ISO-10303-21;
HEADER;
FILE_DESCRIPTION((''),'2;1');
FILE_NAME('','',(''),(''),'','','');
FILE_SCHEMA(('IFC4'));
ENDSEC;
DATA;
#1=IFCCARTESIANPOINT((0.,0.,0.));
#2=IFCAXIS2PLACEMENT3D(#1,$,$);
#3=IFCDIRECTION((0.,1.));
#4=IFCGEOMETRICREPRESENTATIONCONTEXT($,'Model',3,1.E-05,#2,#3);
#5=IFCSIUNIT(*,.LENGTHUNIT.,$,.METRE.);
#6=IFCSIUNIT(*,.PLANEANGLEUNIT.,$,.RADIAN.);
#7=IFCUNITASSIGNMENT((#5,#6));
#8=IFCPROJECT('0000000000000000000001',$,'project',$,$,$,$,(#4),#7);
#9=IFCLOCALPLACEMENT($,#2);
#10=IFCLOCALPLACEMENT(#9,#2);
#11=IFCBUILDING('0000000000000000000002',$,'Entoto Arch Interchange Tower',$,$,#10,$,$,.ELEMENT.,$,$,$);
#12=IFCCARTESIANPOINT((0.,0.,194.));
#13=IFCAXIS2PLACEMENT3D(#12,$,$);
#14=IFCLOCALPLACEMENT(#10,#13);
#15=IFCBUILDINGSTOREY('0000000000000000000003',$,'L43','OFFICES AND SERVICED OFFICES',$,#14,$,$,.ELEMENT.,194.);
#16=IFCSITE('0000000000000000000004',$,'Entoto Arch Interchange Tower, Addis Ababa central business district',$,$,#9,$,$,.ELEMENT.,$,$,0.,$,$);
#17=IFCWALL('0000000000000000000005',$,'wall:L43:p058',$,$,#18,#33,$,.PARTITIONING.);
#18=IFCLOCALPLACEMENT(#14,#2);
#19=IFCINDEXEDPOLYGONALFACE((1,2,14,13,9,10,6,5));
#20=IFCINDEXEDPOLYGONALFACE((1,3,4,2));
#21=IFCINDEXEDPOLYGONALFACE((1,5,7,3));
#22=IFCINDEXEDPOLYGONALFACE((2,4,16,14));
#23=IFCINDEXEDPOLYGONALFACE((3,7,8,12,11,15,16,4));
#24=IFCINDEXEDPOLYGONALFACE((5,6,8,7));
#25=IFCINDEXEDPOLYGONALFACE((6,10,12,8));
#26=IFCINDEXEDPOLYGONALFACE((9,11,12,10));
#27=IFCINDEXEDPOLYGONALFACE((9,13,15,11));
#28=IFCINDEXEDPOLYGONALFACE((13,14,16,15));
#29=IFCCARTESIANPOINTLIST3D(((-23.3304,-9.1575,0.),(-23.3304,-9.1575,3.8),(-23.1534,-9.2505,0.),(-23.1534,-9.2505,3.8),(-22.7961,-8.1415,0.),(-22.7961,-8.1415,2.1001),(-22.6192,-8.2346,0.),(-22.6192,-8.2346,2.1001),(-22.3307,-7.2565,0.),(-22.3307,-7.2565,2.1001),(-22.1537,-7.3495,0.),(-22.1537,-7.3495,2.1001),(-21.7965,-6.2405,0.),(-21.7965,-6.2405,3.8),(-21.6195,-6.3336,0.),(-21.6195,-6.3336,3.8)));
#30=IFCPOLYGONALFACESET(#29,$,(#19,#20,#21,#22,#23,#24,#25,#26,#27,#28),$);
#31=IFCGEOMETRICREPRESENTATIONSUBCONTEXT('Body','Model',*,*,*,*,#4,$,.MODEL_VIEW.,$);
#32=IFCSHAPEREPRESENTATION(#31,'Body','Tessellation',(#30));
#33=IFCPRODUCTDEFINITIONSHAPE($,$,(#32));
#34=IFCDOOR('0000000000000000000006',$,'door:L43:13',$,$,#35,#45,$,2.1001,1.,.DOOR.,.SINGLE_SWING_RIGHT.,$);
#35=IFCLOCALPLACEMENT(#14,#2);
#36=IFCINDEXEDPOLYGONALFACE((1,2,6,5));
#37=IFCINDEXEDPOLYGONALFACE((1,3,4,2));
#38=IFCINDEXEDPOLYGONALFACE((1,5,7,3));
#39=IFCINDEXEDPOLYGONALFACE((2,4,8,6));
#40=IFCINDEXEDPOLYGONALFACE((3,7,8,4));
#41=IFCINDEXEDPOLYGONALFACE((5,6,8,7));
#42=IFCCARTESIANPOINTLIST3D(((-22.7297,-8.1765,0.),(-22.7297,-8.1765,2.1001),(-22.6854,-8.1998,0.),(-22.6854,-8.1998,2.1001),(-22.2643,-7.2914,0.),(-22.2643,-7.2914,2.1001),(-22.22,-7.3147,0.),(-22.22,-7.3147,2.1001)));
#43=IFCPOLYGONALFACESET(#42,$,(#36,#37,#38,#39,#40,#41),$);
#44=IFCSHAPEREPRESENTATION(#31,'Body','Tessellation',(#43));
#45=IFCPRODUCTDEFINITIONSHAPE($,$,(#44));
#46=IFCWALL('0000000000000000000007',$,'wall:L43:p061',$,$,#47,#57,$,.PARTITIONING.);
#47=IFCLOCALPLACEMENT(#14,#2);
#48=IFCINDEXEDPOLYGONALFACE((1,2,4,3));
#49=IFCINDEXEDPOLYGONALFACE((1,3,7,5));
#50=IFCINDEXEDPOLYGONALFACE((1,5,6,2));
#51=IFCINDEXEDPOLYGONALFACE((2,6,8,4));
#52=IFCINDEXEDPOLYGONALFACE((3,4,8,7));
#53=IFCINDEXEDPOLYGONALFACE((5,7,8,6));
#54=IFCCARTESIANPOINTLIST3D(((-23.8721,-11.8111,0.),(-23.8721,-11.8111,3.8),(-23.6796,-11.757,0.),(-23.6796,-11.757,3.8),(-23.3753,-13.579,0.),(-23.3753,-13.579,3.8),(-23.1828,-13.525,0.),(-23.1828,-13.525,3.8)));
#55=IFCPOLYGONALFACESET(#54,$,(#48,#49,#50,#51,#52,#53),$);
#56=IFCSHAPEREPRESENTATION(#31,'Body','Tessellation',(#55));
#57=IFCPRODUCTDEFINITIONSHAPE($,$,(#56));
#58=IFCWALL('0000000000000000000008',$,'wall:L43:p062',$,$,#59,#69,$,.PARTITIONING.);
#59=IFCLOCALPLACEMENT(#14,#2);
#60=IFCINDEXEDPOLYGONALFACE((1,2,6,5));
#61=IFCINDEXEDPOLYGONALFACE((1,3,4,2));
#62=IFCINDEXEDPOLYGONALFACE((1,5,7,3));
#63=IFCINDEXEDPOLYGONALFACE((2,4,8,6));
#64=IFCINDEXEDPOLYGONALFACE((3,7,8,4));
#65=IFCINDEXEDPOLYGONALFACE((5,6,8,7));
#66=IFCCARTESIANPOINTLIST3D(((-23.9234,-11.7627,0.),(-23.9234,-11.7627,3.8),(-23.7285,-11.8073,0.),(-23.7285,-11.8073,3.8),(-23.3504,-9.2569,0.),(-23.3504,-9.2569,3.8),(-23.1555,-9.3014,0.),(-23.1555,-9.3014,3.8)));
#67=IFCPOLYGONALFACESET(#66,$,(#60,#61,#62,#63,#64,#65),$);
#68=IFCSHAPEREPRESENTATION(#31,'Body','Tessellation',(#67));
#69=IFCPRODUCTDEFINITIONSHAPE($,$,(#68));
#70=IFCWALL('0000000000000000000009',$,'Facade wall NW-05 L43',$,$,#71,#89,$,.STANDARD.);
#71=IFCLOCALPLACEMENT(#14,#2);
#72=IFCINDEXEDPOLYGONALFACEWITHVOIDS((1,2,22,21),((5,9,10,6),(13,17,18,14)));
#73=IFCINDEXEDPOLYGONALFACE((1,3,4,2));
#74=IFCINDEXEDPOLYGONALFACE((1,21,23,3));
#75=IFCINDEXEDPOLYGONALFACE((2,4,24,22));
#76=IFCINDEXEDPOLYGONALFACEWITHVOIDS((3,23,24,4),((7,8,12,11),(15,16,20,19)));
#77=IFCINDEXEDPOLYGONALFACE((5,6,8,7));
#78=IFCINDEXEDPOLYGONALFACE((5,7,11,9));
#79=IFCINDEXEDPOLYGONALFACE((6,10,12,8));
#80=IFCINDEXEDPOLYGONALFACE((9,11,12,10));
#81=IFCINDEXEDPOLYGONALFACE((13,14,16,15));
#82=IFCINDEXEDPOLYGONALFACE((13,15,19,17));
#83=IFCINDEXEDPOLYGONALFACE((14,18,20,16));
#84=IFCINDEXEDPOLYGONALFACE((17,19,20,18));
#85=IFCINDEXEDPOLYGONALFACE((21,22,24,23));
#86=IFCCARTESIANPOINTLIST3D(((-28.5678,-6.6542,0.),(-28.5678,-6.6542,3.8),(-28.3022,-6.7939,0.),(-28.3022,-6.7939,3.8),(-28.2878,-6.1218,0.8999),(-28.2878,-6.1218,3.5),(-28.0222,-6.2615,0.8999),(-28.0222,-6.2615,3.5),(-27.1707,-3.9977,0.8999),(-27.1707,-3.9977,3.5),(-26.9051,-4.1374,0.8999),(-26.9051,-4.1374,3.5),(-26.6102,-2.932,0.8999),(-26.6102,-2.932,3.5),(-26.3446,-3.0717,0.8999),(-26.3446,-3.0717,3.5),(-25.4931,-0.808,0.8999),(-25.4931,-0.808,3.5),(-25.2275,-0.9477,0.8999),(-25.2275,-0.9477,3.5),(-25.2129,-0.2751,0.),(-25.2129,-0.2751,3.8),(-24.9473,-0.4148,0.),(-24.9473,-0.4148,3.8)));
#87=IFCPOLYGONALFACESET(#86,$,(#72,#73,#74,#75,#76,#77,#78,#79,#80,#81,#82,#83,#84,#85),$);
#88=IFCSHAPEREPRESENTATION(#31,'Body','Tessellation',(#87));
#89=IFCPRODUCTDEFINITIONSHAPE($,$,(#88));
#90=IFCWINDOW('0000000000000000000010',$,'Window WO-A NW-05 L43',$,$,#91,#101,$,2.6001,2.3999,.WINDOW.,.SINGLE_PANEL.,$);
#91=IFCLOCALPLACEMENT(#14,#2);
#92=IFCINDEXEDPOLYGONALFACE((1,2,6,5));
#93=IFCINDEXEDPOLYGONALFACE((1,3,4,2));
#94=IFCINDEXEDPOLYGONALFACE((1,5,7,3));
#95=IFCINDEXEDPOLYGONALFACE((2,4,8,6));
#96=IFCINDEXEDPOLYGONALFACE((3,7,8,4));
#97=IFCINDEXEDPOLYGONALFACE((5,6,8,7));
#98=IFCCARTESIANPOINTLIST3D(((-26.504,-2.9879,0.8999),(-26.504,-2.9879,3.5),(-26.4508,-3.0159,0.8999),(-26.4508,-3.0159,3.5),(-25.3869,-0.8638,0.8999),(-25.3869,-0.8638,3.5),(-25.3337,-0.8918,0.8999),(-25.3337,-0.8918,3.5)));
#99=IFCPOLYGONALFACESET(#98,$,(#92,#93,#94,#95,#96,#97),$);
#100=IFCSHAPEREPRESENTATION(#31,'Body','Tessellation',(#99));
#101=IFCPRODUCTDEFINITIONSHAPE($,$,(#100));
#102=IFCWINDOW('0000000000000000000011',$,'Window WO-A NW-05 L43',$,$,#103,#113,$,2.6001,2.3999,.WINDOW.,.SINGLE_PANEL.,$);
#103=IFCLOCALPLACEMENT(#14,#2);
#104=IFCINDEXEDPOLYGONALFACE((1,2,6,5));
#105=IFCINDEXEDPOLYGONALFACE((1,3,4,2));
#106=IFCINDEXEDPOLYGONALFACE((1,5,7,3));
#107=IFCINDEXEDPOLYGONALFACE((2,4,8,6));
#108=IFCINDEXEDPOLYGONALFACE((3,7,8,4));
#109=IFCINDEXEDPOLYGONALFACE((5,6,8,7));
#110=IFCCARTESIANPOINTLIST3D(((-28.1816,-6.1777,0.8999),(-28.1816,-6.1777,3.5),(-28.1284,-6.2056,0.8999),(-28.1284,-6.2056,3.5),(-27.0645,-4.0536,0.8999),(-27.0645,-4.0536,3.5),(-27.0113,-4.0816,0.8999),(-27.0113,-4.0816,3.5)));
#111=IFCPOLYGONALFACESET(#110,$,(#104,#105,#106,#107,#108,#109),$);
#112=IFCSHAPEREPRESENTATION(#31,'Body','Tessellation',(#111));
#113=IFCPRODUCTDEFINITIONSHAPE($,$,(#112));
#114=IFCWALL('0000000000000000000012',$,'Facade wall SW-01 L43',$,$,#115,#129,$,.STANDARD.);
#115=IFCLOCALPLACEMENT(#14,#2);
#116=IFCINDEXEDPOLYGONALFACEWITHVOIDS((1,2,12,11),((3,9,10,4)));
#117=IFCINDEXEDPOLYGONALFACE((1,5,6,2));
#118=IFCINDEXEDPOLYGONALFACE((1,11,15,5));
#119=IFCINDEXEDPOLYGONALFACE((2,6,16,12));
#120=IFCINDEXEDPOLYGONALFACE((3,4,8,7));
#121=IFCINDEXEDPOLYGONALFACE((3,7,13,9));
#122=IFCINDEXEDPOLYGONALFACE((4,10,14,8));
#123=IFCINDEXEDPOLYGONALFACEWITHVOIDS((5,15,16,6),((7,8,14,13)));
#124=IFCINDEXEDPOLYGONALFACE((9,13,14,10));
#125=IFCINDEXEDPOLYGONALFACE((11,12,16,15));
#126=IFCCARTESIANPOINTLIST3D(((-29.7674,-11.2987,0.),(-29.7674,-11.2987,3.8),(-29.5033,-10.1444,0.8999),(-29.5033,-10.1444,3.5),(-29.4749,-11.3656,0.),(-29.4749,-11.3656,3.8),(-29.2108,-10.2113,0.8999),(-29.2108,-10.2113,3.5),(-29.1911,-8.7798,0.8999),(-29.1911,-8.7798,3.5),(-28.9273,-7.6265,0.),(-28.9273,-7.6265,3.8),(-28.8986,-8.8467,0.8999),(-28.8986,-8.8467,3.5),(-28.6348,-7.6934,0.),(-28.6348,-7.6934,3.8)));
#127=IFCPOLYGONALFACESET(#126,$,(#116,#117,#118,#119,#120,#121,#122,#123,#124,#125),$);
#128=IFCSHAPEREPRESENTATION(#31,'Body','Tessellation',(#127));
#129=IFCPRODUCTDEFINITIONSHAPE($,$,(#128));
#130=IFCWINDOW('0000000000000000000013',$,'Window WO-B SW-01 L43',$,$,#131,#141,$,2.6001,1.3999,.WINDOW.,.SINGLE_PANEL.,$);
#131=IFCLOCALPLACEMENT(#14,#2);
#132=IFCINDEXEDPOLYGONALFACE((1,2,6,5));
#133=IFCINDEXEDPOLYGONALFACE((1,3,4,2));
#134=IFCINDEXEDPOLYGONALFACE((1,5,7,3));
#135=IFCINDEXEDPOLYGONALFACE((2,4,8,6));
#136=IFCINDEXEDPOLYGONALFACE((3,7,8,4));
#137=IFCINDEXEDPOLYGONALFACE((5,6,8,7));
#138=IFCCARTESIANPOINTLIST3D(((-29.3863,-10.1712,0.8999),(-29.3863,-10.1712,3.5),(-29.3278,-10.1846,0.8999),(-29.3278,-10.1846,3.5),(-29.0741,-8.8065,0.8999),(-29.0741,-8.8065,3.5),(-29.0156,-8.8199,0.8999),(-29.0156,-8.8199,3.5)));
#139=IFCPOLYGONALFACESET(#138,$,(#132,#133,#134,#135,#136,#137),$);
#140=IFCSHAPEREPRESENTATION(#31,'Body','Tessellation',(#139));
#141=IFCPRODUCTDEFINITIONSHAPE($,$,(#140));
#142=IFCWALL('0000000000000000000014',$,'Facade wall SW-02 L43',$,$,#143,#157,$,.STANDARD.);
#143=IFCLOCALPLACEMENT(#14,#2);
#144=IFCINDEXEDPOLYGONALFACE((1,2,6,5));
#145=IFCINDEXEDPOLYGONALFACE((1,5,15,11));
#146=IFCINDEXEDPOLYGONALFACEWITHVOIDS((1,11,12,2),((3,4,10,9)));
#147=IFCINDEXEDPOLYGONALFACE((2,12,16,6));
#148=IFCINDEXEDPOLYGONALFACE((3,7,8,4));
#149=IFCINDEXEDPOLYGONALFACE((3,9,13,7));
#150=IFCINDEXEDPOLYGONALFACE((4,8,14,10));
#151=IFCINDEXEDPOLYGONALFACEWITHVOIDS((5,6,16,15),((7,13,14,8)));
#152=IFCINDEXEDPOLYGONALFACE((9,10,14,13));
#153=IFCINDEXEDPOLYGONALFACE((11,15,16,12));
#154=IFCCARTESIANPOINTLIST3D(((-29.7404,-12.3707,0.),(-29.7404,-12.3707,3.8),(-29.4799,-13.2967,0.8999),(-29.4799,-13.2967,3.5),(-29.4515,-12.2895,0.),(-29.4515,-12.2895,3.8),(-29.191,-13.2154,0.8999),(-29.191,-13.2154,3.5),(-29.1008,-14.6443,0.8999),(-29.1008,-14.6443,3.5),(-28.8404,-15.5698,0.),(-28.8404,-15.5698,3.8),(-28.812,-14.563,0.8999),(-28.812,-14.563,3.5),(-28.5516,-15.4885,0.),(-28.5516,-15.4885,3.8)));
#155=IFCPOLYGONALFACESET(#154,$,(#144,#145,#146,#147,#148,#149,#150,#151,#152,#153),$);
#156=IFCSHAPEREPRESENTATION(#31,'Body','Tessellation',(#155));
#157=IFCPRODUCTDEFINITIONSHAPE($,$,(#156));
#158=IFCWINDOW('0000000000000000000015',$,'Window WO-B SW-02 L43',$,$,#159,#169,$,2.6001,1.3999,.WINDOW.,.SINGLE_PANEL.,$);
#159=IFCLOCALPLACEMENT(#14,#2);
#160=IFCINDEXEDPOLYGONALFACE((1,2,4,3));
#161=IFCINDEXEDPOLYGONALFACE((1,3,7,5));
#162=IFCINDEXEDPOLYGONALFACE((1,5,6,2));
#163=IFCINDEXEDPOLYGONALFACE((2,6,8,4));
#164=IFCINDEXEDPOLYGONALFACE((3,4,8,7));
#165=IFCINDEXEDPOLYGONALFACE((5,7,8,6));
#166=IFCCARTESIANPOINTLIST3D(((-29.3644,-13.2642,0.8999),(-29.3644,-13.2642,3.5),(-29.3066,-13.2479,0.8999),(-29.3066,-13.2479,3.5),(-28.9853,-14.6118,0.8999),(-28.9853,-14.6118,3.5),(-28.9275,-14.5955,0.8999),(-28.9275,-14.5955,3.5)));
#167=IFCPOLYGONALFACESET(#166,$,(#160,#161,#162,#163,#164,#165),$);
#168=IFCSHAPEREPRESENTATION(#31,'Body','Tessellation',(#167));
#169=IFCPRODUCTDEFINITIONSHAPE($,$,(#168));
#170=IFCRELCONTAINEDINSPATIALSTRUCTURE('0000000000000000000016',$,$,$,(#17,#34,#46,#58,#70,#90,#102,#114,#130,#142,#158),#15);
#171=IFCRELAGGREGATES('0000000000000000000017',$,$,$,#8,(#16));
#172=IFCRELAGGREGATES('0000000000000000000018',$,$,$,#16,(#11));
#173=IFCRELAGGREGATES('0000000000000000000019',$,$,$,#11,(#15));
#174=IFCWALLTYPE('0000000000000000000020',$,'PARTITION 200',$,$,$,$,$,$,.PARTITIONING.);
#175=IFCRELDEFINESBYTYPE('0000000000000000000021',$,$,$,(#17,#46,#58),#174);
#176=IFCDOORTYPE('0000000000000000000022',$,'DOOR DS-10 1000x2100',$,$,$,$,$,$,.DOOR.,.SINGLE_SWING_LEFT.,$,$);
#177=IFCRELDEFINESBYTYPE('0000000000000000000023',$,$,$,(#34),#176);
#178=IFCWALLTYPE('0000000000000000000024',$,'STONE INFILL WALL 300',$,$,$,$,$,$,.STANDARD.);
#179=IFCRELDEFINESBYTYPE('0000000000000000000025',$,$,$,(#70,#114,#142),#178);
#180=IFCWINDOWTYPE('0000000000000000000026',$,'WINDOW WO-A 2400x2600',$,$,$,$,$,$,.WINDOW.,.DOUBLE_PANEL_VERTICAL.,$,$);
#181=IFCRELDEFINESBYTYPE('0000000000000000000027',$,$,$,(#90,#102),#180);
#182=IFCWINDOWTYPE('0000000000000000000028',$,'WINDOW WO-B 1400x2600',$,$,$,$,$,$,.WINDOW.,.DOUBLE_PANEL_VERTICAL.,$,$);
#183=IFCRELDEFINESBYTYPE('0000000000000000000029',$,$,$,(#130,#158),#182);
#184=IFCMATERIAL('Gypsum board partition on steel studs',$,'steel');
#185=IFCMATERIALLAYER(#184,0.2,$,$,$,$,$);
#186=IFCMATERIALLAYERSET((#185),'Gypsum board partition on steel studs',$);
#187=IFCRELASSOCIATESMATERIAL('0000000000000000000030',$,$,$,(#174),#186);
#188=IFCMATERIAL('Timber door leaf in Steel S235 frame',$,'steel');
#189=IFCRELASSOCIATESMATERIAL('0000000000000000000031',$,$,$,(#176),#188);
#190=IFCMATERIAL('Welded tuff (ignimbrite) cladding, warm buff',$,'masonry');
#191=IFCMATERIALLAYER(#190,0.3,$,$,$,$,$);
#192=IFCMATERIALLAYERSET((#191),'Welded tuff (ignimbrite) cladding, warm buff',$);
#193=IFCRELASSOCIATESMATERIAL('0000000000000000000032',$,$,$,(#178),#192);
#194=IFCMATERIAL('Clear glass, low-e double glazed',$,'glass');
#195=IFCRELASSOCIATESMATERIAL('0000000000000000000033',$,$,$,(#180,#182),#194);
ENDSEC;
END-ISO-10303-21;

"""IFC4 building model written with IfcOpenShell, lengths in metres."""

from ifc_helpers import new_model, si_unit, direction, frame, frame_2d, origin, place, context, subcontext, project, spatial, rectangle, extrude, material, layer, layer_set, type_object, element, fill, save


model = new_model("IFC4")

# Units and contexts
model_context = context("Model", 3, precision=1e-05, world=origin(), true_north=direction((0.0, 1.0)))
body_context = subcontext(model_context, "Body", "Model", "MODEL_VIEW")
ifc_project = project(units=[si_unit("LENGTHUNIT", "METRE"), si_unit("PLANEANGLEUNIT", "RADIAN")], contexts=[model_context])

# Site, building, storey
site_placement = place(None, origin())
site = spatial("IfcSite", under=ifc_project, at=site_placement, Name="Entoto Arch Interchange Tower, Addis Ababa central business district", CompositionType="ELEMENT", RefElevation=0.0)
building_placement = place(site_placement, origin())
building = spatial("IfcBuilding", under=site, at=building_placement, Name="Entoto Arch Interchange Tower", CompositionType="ELEMENT")
storey_placement = place(building_placement, frame((0.0, 0.0, 194.0)))
storey = spatial("IfcBuildingStorey", under=building, at=storey_placement, Name="L43", Description="OFFICES AND SERVICED OFFICES", CompositionType="ELEMENT", Elevation=194.0)

# Shared definitions
ifc_material_1 = material(Name="Gypsum board partition on steel studs", Category="steel")
ifc_layer_1 = layer(ifc_material_1, 0.2)
ifc_layer_set_1 = layer_set([ifc_layer_1], Name="Gypsum board partition on steel studs")
wall_type_1 = type_object("IfcWallType", Name="PARTITION 200", PredefinedType="PARTITIONING", material=ifc_layer_set_1)

# Wall, opening, door
ifc_material_2 = material(Name="Timber door leaf in Steel S235 frame", Category="steel")
door_type = type_object("IfcDoorType", Name="DOOR DS-10 1000x2100", OperationType="SINGLE_SWING_LEFT", PredefinedType="DOOR", material=ifc_material_2)
wall_1_placement = place(storey_placement, frame((-23.2419, -9.2041, 0.0), z_axis=(0.0, 0.0, 1.0), x_axis=(0.465432, 0.885084, 0.0)))
wall_1 = element("IfcWall", 1, at=wall_1_placement, inside=storey, type_object=wall_type_1, Name="wall:L43:p058", PredefinedType="PARTITIONING", context=body_context, shape_type="SweptSolid", body=[
    extrude(rectangle(XDim=3.2957, YDim=0.2, at=frame_2d((1.6479, 0.0))), origin(), (0.0, 0.0, 1.0), 3.8),
])
opening_1_placement = place(wall_1_placement, frame((1.1479, 0.0, 0.0)))
opening_1 = element("IfcOpeningElement", 2, at=opening_1_placement, cuts=wall_1, PredefinedType="OPENING", context=body_context, shape_type="SweptSolid", body=[
    extrude(rectangle(XDim=1.0, YDim=2.1001, at=frame_2d((0.5, 1.05))), frame((0.0, 0.1099, 0.0), z_axis=(0.0, -1.0, 0.0), x_axis=(1.0, 0.0, 0.0)), (0.0, 0.0, 1.0), 0.22),
])
door_1_placement = place(opening_1_placement, origin())
door_1 = element("IfcDoor", 3, at=door_1_placement, inside=storey, type_object=door_type, Name="door:L43:13", OperationType="SINGLE_SWING_RIGHT", OverallHeight=2.1001, OverallWidth=1.0, PredefinedType="DOOR", context=body_context, shape_type="SweptSolid", body=[
    extrude(rectangle(XDim=1.0, YDim=2.1001, at=frame_2d((0.5, 1.05))), frame((0.0, 0.0249, 0.0), z_axis=(0.0, -1.0, 0.0), x_axis=(1.0, 0.0, 0.0)), (0.0, 0.0, 1.0), 0.05),
])
fill(opening_1, door_1)

# Walls
wall_2_placement = place(storey_placement, frame((-23.2791, -13.552, 0.0), z_axis=(0.0, 0.0, 1.0), x_axis=(-0.270522, 0.962714, 0.0)))
element("IfcWall", 4, at=wall_2_placement, inside=storey, type_object=wall_type_1, Name="wall:L43:p061", PredefinedType="PARTITIONING", context=body_context, shape_type="SweptSolid", body=[
    extrude(rectangle(XDim=1.8364, YDim=0.2, at=frame_2d((0.9182, 0.0))), origin(), (0.0, 0.0, 1.0), 3.8),
])
wall_3_placement = place(storey_placement, frame((-23.8259, -11.7849, 0.0), z_axis=(0.0, 0.0, 1.0), x_axis=(0.22291, 0.974839, 0.0)))
element("IfcWall", 5, at=wall_3_placement, inside=storey, type_object=wall_type_1, Name="wall:L43:p062", PredefinedType="PARTITIONING", context=body_context, shape_type="SweptSolid", body=[
    extrude(rectangle(XDim=2.5706, YDim=0.2, at=frame_2d((1.2852, 0.0))), origin(), (0.0, 0.0, 1.0), 3.8),
])

# Wall, openings, windows
ifc_material_3 = material(Name="Welded tuff (ignimbrite) cladding, warm buff", Category="masonry")
ifc_layer_2 = layer(ifc_material_3, 0.3)
ifc_layer_set_2 = layer_set([ifc_layer_2], Name="Welded tuff (ignimbrite) cladding, warm buff")
wall_type_2 = type_object("IfcWallType", Name="STONE INFILL WALL 300", PredefinedType="STANDARD", material=ifc_layer_set_2)
wall_4_placement = place(storey_placement, frame((-25.0801, -0.345, 0.0), z_axis=(0.0, 0.0, 1.0), x_axis=(-0.465478, -0.885059, 0.0)))
wall_4 = element("IfcWall", 6, at=wall_4_placement, inside=storey, type_object=wall_type_2, Name="Facade wall NW-05 L43", PredefinedType="STANDARD", context=body_context, shape_type="SweptSolid", body=[
    extrude(rectangle(XDim=7.2075, YDim=0.3, at=frame_2d((3.6038, 0.0))), origin(), (0.0, 0.0, 1.0), 3.8),
])
opening_2_placement = place(wall_4_placement, frame((0.6021, 0.0, 0.8999)))
opening_2 = element("IfcOpeningElement", 7, at=opening_2_placement, cuts=wall_4, PredefinedType="OPENING", context=body_context, shape_type="SweptSolid", body=[
    extrude(rectangle(XDim=2.3999, YDim=2.6001, at=frame_2d((1.2, 1.3))), frame((0.0, 0.1602, 0.0), z_axis=(0.0, -1.0, 0.0), x_axis=(1.0, 0.0, 0.0)), (0.0, 0.0, 1.0), 0.3201),
])
opening_3_placement = place(wall_4_placement, frame((4.2061, 0.0, 0.8999)))
opening_3 = element("IfcOpeningElement", 8, at=opening_3_placement, cuts=wall_4, PredefinedType="OPENING", context=body_context, shape_type="SweptSolid", body=[
    extrude(rectangle(XDim=2.3999, YDim=2.6001, at=frame_2d((1.2, 1.3))), frame((0.0, 0.1602, 0.0), z_axis=(0.0, -1.0, 0.0), x_axis=(1.0, 0.0, 0.0)), (0.0, 0.0, 1.0), 0.3201),
])
ifc_material_4 = material(Name="Clear glass, low-e double glazed", Category="glass")
window_type_1 = type_object("IfcWindowType", Name="WINDOW WO-A 2400x2600", PartitioningType="DOUBLE_PANEL_VERTICAL", PredefinedType="WINDOW", material=ifc_material_4)
window_1_placement = place(opening_2_placement, origin())
window_1 = element("IfcWindow", 9, at=window_1_placement, inside=storey, type_object=window_type_1, Name="Window WO-A NW-05 L43", OverallHeight=2.6001, OverallWidth=2.3999, PartitioningType="SINGLE_PANEL", PredefinedType="WINDOW", context=body_context, shape_type="SweptSolid", body=[
    extrude(rectangle(XDim=2.3999, YDim=2.6001, at=frame_2d((1.2, 1.3))), frame((0.0, 0.03, 0.0), z_axis=(0.0, -1.0, 0.0), x_axis=(1.0, 0.0, 0.0)), (0.0, 0.0, 1.0), 0.0601),
])
fill(opening_2, window_1)
window_2_placement = place(opening_3_placement, origin())
window_2 = element("IfcWindow", 10, at=window_2_placement, inside=storey, type_object=window_type_1, Name="Window WO-A NW-05 L43", OverallHeight=2.6001, OverallWidth=2.3999, PartitioningType="SINGLE_PANEL", PredefinedType="WINDOW", context=body_context, shape_type="SweptSolid", body=[
    extrude(rectangle(XDim=2.3999, YDim=2.6001, at=frame_2d((1.2, 1.3))), frame((0.0, 0.03, 0.0), z_axis=(0.0, -1.0, 0.0), x_axis=(1.0, 0.0, 0.0)), (0.0, 0.0, 1.0), 0.0601),
])
fill(opening_3, window_2)

# Walls, openings, windows
wall_5_placement = place(storey_placement, frame((-28.781, -7.6599, 0.0), z_axis=(0.0, 0.0, 1.0), x_axis=(-0.223013, -0.974815, 0.0)))
wall_5 = element("IfcWall", 11, at=wall_5_placement, inside=storey, type_object=wall_type_2, Name="Facade wall SW-01 L43", PredefinedType="STANDARD", context=body_context, shape_type="SweptSolid", body=[
    extrude(rectangle(XDim=3.7671, YDim=0.3, at=frame_2d((1.8835, 0.0))), origin(), (0.0, 0.0, 1.0), 3.8),
])
opening_4_placement = place(wall_5_placement, frame((1.1831, 0.0, 0.8999)))
opening_4 = element("IfcOpeningElement", 12, at=opening_4_placement, cuts=wall_5, PredefinedType="OPENING", context=body_context, shape_type="SweptSolid", body=[
    extrude(rectangle(XDim=1.3999, YDim=2.6001, at=frame_2d((0.7, 1.3))), frame((0.0, 0.1602, 0.0), z_axis=(0.0, -1.0, 0.0), x_axis=(1.0, 0.0, 0.0)), (0.0, 0.0, 1.0), 0.3201),
])
window_type_2 = type_object("IfcWindowType", Name="WINDOW WO-B 1400x2600", PartitioningType="DOUBLE_PANEL_VERTICAL", PredefinedType="WINDOW", material=ifc_material_4)
window_3_placement = place(opening_4_placement, origin())
window_3 = element("IfcWindow", 13, at=window_3_placement, inside=storey, type_object=window_type_2, Name="Window WO-B SW-01 L43", OverallHeight=2.6001, OverallWidth=1.3999, PartitioningType="SINGLE_PANEL", PredefinedType="WINDOW", context=body_context, shape_type="SweptSolid", body=[
    extrude(rectangle(XDim=1.3999, YDim=2.6001, at=frame_2d((0.7, 1.3))), frame((0.0, 0.03, 0.0), z_axis=(0.0, -1.0, 0.0), x_axis=(1.0, 0.0, 0.0)), (0.0, 0.0, 1.0), 0.0601),
])
fill(opening_4, window_3)
wall_6_placement = place(storey_placement, frame((-29.5959, -12.3301, 0.0), z_axis=(0.0, 0.0, 1.0), x_axis=(0.270799, -0.962636, 0.0)))
wall_6 = element("IfcWall", 14, at=wall_6_placement, inside=storey, type_object=wall_type_2, Name="Facade wall SW-02 L43", PredefinedType="STANDARD", context=body_context, shape_type="SweptSolid", body=[
    extrude(rectangle(XDim=3.3232, YDim=0.3, at=frame_2d((1.6616, 0.0))), origin(), (0.0, 0.0, 1.0), 3.8),
])
opening_5_placement = place(wall_6_placement, frame((0.9619, 0.0, 0.8999)))
opening_5 = element("IfcOpeningElement", 15, at=opening_5_placement, cuts=wall_6, PredefinedType="OPENING", context=body_context, shape_type="SweptSolid", body=[
    extrude(rectangle(XDim=1.3999, YDim=2.6001, at=frame_2d((0.7, 1.3))), frame((0.0, 0.1602, 0.0), z_axis=(0.0, -1.0, 0.0), x_axis=(1.0, 0.0, 0.0)), (0.0, 0.0, 1.0), 0.3201),
])
window_4_placement = place(opening_5_placement, origin())
window_4 = element("IfcWindow", 16, at=window_4_placement, inside=storey, type_object=window_type_2, Name="Window WO-B SW-02 L43", OverallHeight=2.6001, OverallWidth=1.3999, PartitioningType="SINGLE_PANEL", PredefinedType="WINDOW", context=body_context, shape_type="SweptSolid", body=[
    extrude(rectangle(XDim=1.3999, YDim=2.6001, at=frame_2d((0.7, 1.3))), frame((0.0, 0.03, 0.0), z_axis=(0.0, -1.0, 0.0), x_axis=(1.0, 0.0, 0.0)), (0.0, 0.0, 1.0), 0.0601),
])
fill(opening_5, window_4)

save(model, "model.ifc")
